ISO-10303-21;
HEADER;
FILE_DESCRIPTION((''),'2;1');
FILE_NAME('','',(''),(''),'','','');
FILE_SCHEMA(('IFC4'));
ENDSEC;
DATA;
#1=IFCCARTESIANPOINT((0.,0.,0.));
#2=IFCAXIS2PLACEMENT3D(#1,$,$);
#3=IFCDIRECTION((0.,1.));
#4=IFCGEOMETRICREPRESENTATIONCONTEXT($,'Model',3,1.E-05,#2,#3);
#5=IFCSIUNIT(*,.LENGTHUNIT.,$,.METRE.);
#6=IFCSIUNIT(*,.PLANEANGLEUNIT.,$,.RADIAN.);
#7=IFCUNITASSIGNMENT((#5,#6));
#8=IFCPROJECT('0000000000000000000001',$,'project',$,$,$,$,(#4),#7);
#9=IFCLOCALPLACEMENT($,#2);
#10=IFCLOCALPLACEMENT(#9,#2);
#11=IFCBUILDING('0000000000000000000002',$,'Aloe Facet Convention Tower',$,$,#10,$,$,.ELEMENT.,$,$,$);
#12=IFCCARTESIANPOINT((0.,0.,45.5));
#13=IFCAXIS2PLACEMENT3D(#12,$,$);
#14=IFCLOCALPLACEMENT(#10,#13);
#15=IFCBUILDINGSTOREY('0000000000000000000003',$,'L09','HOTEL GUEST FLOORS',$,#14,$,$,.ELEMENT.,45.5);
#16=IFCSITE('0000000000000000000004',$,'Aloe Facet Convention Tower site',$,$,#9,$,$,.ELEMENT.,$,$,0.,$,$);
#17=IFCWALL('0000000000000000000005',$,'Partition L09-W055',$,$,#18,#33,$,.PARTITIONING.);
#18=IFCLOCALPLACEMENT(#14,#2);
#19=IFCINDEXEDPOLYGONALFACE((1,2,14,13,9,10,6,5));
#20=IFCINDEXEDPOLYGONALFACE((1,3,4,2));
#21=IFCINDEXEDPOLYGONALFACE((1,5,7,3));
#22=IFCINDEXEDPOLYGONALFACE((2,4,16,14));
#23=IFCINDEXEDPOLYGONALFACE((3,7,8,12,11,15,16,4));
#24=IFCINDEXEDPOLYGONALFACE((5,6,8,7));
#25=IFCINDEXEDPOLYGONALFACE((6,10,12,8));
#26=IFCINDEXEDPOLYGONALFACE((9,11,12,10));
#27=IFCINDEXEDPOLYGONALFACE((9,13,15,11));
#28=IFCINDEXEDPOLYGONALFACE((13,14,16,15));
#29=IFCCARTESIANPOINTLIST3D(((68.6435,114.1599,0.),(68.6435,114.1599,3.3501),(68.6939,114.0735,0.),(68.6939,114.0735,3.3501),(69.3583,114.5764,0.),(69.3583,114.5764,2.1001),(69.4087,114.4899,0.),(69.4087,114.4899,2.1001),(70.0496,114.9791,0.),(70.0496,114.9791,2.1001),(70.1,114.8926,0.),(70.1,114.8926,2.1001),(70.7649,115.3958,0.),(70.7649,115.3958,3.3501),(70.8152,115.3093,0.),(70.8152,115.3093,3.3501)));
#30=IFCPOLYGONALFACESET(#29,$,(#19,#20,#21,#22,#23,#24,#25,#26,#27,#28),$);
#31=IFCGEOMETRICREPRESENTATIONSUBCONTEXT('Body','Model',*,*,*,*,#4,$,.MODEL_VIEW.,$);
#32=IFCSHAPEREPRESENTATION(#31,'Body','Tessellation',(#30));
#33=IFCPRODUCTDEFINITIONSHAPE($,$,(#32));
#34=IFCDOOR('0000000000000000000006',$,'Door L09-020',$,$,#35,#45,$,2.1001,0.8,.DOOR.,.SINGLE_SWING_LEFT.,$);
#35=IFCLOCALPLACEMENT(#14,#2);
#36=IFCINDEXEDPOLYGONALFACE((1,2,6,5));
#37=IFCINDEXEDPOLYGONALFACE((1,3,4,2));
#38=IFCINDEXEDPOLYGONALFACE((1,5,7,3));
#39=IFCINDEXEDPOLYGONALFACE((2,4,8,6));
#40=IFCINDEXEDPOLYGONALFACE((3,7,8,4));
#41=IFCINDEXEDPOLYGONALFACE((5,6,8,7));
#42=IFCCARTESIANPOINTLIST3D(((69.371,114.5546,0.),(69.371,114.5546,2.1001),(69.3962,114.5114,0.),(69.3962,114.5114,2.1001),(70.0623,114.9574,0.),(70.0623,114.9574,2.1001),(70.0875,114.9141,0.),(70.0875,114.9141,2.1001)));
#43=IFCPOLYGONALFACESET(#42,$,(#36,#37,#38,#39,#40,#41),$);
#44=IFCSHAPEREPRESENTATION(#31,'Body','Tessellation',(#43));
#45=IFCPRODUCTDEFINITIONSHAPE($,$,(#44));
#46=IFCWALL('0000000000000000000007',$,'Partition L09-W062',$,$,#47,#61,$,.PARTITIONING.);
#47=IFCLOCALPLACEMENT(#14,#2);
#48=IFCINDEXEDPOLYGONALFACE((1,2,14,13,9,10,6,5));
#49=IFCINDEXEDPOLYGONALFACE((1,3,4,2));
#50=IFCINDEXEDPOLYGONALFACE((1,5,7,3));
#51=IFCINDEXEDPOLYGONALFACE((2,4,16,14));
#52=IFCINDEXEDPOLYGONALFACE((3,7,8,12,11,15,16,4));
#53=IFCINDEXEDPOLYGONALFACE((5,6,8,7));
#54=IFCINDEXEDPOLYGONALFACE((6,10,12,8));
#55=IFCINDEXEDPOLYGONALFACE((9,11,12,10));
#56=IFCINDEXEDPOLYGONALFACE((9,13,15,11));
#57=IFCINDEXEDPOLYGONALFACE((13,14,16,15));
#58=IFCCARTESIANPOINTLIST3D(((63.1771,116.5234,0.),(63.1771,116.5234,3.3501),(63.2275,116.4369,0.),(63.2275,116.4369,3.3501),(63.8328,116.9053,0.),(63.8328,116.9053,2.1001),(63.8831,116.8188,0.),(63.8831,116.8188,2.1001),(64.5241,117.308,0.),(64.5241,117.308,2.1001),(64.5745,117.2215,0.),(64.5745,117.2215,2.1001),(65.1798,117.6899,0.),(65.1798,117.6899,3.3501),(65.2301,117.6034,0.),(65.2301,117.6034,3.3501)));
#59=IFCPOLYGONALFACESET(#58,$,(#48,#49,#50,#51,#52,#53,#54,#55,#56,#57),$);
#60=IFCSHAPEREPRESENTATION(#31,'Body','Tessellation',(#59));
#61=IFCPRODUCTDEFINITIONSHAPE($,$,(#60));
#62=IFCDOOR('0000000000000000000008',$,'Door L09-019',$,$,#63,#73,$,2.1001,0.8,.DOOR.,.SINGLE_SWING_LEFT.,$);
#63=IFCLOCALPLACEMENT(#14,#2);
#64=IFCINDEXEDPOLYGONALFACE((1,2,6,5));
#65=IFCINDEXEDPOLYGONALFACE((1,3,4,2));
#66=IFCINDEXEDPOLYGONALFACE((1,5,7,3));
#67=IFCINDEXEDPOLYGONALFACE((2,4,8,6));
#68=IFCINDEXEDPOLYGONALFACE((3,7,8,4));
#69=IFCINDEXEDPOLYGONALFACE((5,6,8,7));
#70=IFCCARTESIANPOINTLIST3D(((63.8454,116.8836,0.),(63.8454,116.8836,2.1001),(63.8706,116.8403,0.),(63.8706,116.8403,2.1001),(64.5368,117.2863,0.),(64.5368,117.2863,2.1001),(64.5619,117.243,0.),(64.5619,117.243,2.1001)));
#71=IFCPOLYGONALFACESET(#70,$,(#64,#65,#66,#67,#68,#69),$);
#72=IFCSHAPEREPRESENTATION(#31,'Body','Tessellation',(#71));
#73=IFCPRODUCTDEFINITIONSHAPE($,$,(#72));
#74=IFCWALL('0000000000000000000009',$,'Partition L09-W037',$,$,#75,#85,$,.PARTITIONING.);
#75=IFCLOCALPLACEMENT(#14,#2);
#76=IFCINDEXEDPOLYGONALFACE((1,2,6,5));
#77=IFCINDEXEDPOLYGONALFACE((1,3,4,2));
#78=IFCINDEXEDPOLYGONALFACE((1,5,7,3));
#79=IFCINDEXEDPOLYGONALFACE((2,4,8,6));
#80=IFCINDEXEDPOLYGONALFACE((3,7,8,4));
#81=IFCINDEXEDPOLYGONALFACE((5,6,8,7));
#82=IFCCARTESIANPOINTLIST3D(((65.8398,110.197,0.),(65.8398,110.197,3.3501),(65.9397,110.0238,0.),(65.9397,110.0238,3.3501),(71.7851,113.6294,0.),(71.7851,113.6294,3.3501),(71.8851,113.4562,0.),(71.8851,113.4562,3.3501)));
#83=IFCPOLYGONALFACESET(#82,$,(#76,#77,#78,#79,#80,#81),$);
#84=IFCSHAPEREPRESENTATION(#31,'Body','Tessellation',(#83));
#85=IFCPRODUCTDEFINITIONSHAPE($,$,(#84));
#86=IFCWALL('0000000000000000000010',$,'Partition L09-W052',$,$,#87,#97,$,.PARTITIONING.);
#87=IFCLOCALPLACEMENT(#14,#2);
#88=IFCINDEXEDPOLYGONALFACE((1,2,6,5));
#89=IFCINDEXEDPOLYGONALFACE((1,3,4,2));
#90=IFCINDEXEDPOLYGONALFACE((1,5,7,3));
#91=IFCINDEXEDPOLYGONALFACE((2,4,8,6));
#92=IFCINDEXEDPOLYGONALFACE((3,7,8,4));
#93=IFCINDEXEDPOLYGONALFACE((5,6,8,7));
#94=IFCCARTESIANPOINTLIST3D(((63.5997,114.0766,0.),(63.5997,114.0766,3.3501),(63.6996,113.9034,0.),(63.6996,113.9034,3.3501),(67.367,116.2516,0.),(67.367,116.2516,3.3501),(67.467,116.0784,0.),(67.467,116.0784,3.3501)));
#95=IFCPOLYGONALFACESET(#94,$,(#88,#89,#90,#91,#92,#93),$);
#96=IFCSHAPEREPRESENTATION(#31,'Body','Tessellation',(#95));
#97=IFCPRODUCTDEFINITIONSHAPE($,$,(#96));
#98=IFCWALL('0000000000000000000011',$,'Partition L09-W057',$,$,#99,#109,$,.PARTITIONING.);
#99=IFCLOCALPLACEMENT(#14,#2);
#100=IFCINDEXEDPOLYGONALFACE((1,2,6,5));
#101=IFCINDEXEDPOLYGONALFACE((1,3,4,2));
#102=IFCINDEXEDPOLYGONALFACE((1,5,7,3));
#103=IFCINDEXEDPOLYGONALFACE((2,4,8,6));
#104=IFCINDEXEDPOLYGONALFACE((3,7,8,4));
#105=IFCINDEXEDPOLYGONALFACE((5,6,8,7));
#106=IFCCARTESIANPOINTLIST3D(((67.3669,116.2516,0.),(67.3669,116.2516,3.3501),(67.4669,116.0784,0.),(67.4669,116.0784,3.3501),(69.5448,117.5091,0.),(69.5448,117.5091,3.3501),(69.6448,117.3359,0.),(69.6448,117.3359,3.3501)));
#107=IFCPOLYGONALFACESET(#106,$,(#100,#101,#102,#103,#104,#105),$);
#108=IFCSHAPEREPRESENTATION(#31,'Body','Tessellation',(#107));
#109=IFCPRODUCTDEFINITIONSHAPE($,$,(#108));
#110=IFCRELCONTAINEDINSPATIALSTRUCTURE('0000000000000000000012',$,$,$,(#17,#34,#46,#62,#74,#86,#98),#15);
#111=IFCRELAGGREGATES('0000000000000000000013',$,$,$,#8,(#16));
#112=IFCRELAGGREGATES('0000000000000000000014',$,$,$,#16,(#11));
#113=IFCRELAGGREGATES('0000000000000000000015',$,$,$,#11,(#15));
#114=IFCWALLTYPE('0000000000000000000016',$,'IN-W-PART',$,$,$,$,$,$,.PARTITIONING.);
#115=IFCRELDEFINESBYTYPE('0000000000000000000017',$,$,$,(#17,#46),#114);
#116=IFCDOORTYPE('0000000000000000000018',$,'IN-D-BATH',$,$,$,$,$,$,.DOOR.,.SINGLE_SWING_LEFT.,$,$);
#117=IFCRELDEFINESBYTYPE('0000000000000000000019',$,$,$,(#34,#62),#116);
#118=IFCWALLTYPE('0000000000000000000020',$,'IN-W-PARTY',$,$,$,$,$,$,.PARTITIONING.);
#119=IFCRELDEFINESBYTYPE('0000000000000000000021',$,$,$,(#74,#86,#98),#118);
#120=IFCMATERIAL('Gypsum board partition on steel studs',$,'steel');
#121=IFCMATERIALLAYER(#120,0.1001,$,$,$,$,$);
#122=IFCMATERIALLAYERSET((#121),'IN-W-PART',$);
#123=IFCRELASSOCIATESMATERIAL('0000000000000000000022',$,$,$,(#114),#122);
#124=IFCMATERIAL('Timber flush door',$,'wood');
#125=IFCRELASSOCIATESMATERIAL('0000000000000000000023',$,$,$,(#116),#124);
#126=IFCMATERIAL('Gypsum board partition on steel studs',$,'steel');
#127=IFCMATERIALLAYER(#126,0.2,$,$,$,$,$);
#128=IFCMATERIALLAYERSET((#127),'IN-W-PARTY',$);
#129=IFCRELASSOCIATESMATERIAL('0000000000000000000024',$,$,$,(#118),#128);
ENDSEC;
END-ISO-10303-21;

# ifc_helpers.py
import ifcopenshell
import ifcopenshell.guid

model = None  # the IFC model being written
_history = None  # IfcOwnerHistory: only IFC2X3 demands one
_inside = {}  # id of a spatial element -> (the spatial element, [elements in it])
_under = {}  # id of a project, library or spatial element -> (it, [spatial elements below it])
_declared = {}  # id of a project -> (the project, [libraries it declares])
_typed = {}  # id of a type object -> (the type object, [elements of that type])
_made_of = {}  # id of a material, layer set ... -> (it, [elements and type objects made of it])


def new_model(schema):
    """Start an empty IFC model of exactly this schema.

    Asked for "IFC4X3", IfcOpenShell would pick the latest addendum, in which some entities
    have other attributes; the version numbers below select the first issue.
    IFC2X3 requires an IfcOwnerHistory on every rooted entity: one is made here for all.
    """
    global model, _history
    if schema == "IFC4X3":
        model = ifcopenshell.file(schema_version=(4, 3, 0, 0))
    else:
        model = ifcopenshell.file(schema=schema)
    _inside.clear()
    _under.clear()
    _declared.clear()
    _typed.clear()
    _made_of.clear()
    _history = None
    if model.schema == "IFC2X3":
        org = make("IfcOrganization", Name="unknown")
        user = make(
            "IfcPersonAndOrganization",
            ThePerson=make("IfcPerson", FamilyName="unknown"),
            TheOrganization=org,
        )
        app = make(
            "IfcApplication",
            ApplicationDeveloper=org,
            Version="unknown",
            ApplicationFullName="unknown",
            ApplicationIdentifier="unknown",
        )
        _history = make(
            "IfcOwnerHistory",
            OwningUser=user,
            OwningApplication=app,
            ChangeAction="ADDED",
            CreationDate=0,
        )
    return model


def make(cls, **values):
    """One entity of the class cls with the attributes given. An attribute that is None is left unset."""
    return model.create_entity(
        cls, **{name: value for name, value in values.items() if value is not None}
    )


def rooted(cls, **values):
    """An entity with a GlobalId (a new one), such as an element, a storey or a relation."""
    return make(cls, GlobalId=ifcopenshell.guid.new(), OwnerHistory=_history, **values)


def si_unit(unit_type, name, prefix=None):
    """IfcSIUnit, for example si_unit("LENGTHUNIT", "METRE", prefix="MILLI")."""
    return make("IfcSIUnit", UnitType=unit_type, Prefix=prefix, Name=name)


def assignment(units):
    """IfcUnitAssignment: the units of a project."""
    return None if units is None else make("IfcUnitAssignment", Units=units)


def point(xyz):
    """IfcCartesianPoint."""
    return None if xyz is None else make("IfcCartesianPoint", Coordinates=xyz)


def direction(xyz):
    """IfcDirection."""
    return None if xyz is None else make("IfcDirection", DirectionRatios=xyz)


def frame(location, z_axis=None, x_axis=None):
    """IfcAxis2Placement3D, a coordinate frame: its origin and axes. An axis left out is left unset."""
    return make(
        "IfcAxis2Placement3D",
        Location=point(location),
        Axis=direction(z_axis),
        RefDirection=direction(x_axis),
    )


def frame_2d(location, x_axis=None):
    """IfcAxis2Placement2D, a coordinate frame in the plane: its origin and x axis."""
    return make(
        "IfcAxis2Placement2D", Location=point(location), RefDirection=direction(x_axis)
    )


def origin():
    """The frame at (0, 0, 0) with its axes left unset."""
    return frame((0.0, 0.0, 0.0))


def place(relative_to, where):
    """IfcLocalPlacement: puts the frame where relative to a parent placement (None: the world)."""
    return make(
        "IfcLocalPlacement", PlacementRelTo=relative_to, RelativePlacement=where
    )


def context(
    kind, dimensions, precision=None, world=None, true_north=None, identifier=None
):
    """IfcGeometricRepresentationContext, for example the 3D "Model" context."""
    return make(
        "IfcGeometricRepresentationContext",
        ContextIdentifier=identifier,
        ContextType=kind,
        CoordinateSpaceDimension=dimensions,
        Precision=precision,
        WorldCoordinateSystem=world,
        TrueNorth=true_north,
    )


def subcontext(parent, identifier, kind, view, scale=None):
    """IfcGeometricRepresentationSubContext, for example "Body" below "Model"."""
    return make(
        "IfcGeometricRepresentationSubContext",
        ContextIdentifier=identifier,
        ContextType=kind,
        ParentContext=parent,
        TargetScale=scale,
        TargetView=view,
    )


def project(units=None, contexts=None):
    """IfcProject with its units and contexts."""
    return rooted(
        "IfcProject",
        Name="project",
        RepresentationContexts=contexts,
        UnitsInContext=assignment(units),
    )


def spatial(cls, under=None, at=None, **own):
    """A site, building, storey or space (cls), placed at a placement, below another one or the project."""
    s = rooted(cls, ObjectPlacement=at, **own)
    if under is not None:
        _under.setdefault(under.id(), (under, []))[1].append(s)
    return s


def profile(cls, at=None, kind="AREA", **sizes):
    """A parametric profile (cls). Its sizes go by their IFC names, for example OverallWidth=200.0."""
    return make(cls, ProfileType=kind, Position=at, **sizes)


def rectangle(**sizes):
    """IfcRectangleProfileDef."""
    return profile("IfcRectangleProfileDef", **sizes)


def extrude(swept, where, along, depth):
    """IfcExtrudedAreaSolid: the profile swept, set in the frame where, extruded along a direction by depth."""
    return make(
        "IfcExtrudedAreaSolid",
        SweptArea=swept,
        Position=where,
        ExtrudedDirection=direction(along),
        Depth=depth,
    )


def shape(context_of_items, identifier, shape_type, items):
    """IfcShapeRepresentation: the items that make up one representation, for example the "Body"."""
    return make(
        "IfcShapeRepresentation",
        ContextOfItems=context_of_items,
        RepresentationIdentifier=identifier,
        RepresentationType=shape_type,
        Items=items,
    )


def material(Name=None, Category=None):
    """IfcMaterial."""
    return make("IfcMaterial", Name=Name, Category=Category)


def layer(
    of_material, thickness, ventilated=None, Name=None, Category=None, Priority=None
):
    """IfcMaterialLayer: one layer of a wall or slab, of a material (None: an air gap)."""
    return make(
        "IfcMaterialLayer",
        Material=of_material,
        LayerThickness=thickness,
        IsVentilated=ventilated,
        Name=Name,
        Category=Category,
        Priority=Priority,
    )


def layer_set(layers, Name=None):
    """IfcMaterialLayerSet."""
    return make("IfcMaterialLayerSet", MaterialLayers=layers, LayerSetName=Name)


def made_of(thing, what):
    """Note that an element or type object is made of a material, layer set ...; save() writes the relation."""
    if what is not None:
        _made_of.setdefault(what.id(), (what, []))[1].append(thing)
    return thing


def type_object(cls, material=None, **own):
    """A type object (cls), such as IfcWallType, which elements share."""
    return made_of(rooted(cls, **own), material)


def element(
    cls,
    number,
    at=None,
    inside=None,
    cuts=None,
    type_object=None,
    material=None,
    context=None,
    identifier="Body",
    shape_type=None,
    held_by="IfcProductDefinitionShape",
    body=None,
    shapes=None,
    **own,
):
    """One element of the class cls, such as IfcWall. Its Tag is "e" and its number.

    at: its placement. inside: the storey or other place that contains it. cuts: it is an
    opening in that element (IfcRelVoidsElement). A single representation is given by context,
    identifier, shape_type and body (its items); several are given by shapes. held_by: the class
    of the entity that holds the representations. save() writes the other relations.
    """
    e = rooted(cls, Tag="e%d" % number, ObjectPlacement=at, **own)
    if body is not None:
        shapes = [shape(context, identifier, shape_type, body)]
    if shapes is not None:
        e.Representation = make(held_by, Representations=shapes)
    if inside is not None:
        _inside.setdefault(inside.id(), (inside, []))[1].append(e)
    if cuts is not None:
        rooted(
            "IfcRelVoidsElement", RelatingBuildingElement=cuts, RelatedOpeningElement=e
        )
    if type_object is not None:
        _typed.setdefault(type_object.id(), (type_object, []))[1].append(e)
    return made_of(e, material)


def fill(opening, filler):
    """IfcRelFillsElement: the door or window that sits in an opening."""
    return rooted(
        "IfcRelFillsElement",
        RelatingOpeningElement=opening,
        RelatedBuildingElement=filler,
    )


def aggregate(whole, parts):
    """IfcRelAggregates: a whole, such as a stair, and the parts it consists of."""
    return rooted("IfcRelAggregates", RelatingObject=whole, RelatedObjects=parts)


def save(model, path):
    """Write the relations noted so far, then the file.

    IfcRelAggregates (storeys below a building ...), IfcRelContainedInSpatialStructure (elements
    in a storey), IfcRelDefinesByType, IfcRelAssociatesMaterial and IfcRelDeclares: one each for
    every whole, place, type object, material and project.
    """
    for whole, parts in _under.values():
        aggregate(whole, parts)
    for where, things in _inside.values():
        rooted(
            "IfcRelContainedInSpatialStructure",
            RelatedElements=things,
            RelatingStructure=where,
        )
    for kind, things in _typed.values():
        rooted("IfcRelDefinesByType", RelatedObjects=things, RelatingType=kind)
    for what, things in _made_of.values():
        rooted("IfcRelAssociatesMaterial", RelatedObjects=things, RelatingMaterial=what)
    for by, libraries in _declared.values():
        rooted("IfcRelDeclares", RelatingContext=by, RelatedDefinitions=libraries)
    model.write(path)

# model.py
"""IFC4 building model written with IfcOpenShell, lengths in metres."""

from ifc_helpers import new_model, si_unit, direction, frame, frame_2d, origin, place, context, subcontext, project, spatial, rectangle, extrude, material, layer, layer_set, type_object, element, fill, save


model = new_model("IFC4")

# Units and contexts
model_context = context("Model", 3, precision=1e-05, world=origin(), true_north=direction((0.0, 1.0)))
body_context = subcontext(model_context, "Body", "Model", "MODEL_VIEW")
ifc_project = project(units=[si_unit("LENGTHUNIT", "METRE"), si_unit("PLANEANGLEUNIT", "RADIAN")], contexts=[model_context])

# Site, building, storey
site_placement = place(None, origin())
site = spatial("IfcSite", under=ifc_project, at=site_placement, Name="Aloe Facet Convention Tower site", CompositionType="ELEMENT", RefElevation=0.0)
building_placement = place(site_placement, origin())
building = spatial("IfcBuilding", under=site, at=building_placement, Name="Aloe Facet Convention Tower", CompositionType="ELEMENT")
storey_placement = place(building_placement, frame((0.0, 0.0, 45.5)))
storey = spatial("IfcBuildingStorey", under=building, at=storey_placement, Name="L09", Description="HOTEL GUEST FLOORS", CompositionType="ELEMENT", Elevation=45.5)

# Shared definitions
ifc_material_1 = material(Name="Gypsum board partition on steel studs", Category="steel")
ifc_layer_1 = layer(ifc_material_1, 0.1001)
ifc_layer_set_1 = layer_set([ifc_layer_1], Name="IN-W-PART")
wall_type_1 = type_object("IfcWallType", Name="IN-W-PART", PredefinedType="PARTITIONING", material=ifc_layer_set_1)

# Shared definitions
ifc_material_2 = material(Name="Timber flush door", Category="wood")
door_type_1 = type_object("IfcDoorType", Name="IN-D-BATH", OperationType="SINGLE_SWING_LEFT", PredefinedType="DOOR", material=ifc_material_2)

# Walls, openings, doors
wall_1_placement = place(storey_placement, frame((68.6687, 114.1167, 0.0), z_axis=(0.0, 0.0, 1.0), x_axis=(0.864064, 0.503382, 0.0)))
wall_1 = element("IfcWall", 1, at=wall_1_placement, inside=storey, type_object=wall_type_1, Name="Partition L09-W055", PredefinedType="PARTITIONING", context=body_context, shape_type="SweptSolid", body=[
    extrude(rectangle(XDim=2.4551, YDim=0.1001, at=frame_2d((1.2275, 0.0))), origin(), (0.0, 0.0, 1.0), 3.3501),
])
opening_1_placement = place(wall_1_placement, frame((0.8274, 0.0, 0.0)))
opening_1 = element("IfcOpeningElement", 2, at=opening_1_placement, cuts=wall_1, PredefinedType="OPENING", context=body_context, shape_type="SweptSolid", body=[
    extrude(rectangle(XDim=0.8, YDim=2.1001, at=frame_2d((0.3999, 1.05))), frame((0.0, 0.0601, 0.0), z_axis=(0.0, -1.0, 0.0), x_axis=(1.0, 0.0, 0.0)), (0.0, 0.0, 1.0), 0.1201),
])
door_1_placement = place(opening_1_placement, origin())
door_1 = element("IfcDoor", 3, at=door_1_placement, inside=storey, type_object=door_type_1, Name="Door L09-020", OperationType="SINGLE_SWING_LEFT", OverallHeight=2.1001, OverallWidth=0.8, PredefinedType="DOOR", context=body_context, shape_type="SweptSolid", body=[
    extrude(rectangle(XDim=0.8, YDim=2.1001, at=frame_2d((0.3999, 1.05))), frame((0.0, 0.0249, 0.0), z_axis=(0.0, -1.0, 0.0), x_axis=(1.0, 0.0, 0.0)), (0.0, 0.0, 1.0), 0.05),
])
fill(opening_1, door_1)
wall_2_placement = place(storey_placement, frame((63.2024, 116.4802, 0.0), z_axis=(0.0, 0.0, 1.0), x_axis=(0.864103, 0.503314, 0.0)))
wall_2 = element("IfcWall", 4, at=wall_2_placement, inside=storey, type_object=wall_type_1, Name="Partition L09-W062", PredefinedType="PARTITIONING", context=body_context, shape_type="SweptSolid", body=[
    extrude(rectangle(XDim=2.3176, YDim=0.1001, at=frame_2d((1.1587, 0.0))), origin(), (0.0, 0.0, 1.0), 3.3501),
])
opening_2_placement = place(wall_2_placement, frame((0.7588, 0.0, 0.0)))
opening_2 = element("IfcOpeningElement", 5, at=opening_2_placement, cuts=wall_2, PredefinedType="OPENING", context=body_context, shape_type="SweptSolid", body=[
    extrude(rectangle(XDim=0.8, YDim=2.1001, at=frame_2d((0.3999, 1.05))), frame((0.0, 0.0601, 0.0), z_axis=(0.0, -1.0, 0.0), x_axis=(1.0, 0.0, 0.0)), (0.0, 0.0, 1.0), 0.1201),
])
door_2_placement = place(opening_2_placement, origin())
door_2 = element("IfcDoor", 6, at=door_2_placement, inside=storey, type_object=door_type_1, Name="Door L09-019", OperationType="SINGLE_SWING_LEFT", OverallHeight=2.1001, OverallWidth=0.8, PredefinedType="DOOR", context=body_context, shape_type="SweptSolid", body=[
    extrude(rectangle(XDim=0.8, YDim=2.1001, at=frame_2d((0.3999, 1.05))), frame((0.0, 0.0249, 0.0), z_axis=(0.0, -1.0, 0.0), x_axis=(1.0, 0.0, 0.0)), (0.0, 0.0, 1.0), 0.05),
])
fill(opening_2, door_2)

# Walls
ifc_material_3 = material(Name="Gypsum board partition on steel studs", Category="steel")
ifc_layer_2 = layer(ifc_material_3, 0.2)
ifc_layer_set_2 = layer_set([ifc_layer_2], Name="IN-W-PARTY")
wall_type_2 = type_object("IfcWallType", Name="IN-W-PARTY", PredefinedType="PARTITIONING", material=ifc_layer_set_2)
wall_3_placement = place(storey_placement, frame((65.8896, 110.1104, 0.0), z_axis=(0.0, 0.0, 1.0), x_axis=(0.866035, 0.499983, 0.0)))
element("IfcWall", 7, at=wall_3_placement, inside=storey, type_object=wall_type_2, Name="Partition L09-W037", PredefinedType="PARTITIONING", context=body_context, shape_type="SweptSolid", body=[
    extrude(rectangle(XDim=6.865, YDim=0.2, at=frame_2d((3.4326, 0.0))), origin(), (0.0, 0.0, 1.0), 3.3501),
])
wall_4_placement = place(storey_placement, frame((63.6497, 113.99, 0.0), z_axis=(0.0, 0.0, 1.0), x_axis=(0.866028, 0.499996, 0.0)))
element("IfcWall", 8, at=wall_4_placement, inside=storey, type_object=wall_type_2, Name="Partition L09-W052", PredefinedType="PARTITIONING", context=body_context, shape_type="SweptSolid", body=[
    extrude(rectangle(XDim=4.3501, YDim=0.2, at=frame_2d((2.175, 0.0))), origin(), (0.0, 0.0, 1.0), 3.3501),
])
wall_5_placement = place(storey_placement, frame((67.417, 116.165, 0.0), z_axis=(0.0, 0.0, 1.0), x_axis=(0.866006, 0.500033, 0.0)))
element("IfcWall", 9, at=wall_5_placement, inside=storey, type_object=wall_type_2, Name="Partition L09-W057", PredefinedType="PARTITIONING", context=body_context, shape_type="SweptSolid", body=[
    extrude(rectangle(XDim=2.5149, YDim=0.2, at=frame_2d((1.2573, 0.0))), origin(), (0.0, 0.0, 1.0), 3.3501),
])

save(model, "model.ifc")
